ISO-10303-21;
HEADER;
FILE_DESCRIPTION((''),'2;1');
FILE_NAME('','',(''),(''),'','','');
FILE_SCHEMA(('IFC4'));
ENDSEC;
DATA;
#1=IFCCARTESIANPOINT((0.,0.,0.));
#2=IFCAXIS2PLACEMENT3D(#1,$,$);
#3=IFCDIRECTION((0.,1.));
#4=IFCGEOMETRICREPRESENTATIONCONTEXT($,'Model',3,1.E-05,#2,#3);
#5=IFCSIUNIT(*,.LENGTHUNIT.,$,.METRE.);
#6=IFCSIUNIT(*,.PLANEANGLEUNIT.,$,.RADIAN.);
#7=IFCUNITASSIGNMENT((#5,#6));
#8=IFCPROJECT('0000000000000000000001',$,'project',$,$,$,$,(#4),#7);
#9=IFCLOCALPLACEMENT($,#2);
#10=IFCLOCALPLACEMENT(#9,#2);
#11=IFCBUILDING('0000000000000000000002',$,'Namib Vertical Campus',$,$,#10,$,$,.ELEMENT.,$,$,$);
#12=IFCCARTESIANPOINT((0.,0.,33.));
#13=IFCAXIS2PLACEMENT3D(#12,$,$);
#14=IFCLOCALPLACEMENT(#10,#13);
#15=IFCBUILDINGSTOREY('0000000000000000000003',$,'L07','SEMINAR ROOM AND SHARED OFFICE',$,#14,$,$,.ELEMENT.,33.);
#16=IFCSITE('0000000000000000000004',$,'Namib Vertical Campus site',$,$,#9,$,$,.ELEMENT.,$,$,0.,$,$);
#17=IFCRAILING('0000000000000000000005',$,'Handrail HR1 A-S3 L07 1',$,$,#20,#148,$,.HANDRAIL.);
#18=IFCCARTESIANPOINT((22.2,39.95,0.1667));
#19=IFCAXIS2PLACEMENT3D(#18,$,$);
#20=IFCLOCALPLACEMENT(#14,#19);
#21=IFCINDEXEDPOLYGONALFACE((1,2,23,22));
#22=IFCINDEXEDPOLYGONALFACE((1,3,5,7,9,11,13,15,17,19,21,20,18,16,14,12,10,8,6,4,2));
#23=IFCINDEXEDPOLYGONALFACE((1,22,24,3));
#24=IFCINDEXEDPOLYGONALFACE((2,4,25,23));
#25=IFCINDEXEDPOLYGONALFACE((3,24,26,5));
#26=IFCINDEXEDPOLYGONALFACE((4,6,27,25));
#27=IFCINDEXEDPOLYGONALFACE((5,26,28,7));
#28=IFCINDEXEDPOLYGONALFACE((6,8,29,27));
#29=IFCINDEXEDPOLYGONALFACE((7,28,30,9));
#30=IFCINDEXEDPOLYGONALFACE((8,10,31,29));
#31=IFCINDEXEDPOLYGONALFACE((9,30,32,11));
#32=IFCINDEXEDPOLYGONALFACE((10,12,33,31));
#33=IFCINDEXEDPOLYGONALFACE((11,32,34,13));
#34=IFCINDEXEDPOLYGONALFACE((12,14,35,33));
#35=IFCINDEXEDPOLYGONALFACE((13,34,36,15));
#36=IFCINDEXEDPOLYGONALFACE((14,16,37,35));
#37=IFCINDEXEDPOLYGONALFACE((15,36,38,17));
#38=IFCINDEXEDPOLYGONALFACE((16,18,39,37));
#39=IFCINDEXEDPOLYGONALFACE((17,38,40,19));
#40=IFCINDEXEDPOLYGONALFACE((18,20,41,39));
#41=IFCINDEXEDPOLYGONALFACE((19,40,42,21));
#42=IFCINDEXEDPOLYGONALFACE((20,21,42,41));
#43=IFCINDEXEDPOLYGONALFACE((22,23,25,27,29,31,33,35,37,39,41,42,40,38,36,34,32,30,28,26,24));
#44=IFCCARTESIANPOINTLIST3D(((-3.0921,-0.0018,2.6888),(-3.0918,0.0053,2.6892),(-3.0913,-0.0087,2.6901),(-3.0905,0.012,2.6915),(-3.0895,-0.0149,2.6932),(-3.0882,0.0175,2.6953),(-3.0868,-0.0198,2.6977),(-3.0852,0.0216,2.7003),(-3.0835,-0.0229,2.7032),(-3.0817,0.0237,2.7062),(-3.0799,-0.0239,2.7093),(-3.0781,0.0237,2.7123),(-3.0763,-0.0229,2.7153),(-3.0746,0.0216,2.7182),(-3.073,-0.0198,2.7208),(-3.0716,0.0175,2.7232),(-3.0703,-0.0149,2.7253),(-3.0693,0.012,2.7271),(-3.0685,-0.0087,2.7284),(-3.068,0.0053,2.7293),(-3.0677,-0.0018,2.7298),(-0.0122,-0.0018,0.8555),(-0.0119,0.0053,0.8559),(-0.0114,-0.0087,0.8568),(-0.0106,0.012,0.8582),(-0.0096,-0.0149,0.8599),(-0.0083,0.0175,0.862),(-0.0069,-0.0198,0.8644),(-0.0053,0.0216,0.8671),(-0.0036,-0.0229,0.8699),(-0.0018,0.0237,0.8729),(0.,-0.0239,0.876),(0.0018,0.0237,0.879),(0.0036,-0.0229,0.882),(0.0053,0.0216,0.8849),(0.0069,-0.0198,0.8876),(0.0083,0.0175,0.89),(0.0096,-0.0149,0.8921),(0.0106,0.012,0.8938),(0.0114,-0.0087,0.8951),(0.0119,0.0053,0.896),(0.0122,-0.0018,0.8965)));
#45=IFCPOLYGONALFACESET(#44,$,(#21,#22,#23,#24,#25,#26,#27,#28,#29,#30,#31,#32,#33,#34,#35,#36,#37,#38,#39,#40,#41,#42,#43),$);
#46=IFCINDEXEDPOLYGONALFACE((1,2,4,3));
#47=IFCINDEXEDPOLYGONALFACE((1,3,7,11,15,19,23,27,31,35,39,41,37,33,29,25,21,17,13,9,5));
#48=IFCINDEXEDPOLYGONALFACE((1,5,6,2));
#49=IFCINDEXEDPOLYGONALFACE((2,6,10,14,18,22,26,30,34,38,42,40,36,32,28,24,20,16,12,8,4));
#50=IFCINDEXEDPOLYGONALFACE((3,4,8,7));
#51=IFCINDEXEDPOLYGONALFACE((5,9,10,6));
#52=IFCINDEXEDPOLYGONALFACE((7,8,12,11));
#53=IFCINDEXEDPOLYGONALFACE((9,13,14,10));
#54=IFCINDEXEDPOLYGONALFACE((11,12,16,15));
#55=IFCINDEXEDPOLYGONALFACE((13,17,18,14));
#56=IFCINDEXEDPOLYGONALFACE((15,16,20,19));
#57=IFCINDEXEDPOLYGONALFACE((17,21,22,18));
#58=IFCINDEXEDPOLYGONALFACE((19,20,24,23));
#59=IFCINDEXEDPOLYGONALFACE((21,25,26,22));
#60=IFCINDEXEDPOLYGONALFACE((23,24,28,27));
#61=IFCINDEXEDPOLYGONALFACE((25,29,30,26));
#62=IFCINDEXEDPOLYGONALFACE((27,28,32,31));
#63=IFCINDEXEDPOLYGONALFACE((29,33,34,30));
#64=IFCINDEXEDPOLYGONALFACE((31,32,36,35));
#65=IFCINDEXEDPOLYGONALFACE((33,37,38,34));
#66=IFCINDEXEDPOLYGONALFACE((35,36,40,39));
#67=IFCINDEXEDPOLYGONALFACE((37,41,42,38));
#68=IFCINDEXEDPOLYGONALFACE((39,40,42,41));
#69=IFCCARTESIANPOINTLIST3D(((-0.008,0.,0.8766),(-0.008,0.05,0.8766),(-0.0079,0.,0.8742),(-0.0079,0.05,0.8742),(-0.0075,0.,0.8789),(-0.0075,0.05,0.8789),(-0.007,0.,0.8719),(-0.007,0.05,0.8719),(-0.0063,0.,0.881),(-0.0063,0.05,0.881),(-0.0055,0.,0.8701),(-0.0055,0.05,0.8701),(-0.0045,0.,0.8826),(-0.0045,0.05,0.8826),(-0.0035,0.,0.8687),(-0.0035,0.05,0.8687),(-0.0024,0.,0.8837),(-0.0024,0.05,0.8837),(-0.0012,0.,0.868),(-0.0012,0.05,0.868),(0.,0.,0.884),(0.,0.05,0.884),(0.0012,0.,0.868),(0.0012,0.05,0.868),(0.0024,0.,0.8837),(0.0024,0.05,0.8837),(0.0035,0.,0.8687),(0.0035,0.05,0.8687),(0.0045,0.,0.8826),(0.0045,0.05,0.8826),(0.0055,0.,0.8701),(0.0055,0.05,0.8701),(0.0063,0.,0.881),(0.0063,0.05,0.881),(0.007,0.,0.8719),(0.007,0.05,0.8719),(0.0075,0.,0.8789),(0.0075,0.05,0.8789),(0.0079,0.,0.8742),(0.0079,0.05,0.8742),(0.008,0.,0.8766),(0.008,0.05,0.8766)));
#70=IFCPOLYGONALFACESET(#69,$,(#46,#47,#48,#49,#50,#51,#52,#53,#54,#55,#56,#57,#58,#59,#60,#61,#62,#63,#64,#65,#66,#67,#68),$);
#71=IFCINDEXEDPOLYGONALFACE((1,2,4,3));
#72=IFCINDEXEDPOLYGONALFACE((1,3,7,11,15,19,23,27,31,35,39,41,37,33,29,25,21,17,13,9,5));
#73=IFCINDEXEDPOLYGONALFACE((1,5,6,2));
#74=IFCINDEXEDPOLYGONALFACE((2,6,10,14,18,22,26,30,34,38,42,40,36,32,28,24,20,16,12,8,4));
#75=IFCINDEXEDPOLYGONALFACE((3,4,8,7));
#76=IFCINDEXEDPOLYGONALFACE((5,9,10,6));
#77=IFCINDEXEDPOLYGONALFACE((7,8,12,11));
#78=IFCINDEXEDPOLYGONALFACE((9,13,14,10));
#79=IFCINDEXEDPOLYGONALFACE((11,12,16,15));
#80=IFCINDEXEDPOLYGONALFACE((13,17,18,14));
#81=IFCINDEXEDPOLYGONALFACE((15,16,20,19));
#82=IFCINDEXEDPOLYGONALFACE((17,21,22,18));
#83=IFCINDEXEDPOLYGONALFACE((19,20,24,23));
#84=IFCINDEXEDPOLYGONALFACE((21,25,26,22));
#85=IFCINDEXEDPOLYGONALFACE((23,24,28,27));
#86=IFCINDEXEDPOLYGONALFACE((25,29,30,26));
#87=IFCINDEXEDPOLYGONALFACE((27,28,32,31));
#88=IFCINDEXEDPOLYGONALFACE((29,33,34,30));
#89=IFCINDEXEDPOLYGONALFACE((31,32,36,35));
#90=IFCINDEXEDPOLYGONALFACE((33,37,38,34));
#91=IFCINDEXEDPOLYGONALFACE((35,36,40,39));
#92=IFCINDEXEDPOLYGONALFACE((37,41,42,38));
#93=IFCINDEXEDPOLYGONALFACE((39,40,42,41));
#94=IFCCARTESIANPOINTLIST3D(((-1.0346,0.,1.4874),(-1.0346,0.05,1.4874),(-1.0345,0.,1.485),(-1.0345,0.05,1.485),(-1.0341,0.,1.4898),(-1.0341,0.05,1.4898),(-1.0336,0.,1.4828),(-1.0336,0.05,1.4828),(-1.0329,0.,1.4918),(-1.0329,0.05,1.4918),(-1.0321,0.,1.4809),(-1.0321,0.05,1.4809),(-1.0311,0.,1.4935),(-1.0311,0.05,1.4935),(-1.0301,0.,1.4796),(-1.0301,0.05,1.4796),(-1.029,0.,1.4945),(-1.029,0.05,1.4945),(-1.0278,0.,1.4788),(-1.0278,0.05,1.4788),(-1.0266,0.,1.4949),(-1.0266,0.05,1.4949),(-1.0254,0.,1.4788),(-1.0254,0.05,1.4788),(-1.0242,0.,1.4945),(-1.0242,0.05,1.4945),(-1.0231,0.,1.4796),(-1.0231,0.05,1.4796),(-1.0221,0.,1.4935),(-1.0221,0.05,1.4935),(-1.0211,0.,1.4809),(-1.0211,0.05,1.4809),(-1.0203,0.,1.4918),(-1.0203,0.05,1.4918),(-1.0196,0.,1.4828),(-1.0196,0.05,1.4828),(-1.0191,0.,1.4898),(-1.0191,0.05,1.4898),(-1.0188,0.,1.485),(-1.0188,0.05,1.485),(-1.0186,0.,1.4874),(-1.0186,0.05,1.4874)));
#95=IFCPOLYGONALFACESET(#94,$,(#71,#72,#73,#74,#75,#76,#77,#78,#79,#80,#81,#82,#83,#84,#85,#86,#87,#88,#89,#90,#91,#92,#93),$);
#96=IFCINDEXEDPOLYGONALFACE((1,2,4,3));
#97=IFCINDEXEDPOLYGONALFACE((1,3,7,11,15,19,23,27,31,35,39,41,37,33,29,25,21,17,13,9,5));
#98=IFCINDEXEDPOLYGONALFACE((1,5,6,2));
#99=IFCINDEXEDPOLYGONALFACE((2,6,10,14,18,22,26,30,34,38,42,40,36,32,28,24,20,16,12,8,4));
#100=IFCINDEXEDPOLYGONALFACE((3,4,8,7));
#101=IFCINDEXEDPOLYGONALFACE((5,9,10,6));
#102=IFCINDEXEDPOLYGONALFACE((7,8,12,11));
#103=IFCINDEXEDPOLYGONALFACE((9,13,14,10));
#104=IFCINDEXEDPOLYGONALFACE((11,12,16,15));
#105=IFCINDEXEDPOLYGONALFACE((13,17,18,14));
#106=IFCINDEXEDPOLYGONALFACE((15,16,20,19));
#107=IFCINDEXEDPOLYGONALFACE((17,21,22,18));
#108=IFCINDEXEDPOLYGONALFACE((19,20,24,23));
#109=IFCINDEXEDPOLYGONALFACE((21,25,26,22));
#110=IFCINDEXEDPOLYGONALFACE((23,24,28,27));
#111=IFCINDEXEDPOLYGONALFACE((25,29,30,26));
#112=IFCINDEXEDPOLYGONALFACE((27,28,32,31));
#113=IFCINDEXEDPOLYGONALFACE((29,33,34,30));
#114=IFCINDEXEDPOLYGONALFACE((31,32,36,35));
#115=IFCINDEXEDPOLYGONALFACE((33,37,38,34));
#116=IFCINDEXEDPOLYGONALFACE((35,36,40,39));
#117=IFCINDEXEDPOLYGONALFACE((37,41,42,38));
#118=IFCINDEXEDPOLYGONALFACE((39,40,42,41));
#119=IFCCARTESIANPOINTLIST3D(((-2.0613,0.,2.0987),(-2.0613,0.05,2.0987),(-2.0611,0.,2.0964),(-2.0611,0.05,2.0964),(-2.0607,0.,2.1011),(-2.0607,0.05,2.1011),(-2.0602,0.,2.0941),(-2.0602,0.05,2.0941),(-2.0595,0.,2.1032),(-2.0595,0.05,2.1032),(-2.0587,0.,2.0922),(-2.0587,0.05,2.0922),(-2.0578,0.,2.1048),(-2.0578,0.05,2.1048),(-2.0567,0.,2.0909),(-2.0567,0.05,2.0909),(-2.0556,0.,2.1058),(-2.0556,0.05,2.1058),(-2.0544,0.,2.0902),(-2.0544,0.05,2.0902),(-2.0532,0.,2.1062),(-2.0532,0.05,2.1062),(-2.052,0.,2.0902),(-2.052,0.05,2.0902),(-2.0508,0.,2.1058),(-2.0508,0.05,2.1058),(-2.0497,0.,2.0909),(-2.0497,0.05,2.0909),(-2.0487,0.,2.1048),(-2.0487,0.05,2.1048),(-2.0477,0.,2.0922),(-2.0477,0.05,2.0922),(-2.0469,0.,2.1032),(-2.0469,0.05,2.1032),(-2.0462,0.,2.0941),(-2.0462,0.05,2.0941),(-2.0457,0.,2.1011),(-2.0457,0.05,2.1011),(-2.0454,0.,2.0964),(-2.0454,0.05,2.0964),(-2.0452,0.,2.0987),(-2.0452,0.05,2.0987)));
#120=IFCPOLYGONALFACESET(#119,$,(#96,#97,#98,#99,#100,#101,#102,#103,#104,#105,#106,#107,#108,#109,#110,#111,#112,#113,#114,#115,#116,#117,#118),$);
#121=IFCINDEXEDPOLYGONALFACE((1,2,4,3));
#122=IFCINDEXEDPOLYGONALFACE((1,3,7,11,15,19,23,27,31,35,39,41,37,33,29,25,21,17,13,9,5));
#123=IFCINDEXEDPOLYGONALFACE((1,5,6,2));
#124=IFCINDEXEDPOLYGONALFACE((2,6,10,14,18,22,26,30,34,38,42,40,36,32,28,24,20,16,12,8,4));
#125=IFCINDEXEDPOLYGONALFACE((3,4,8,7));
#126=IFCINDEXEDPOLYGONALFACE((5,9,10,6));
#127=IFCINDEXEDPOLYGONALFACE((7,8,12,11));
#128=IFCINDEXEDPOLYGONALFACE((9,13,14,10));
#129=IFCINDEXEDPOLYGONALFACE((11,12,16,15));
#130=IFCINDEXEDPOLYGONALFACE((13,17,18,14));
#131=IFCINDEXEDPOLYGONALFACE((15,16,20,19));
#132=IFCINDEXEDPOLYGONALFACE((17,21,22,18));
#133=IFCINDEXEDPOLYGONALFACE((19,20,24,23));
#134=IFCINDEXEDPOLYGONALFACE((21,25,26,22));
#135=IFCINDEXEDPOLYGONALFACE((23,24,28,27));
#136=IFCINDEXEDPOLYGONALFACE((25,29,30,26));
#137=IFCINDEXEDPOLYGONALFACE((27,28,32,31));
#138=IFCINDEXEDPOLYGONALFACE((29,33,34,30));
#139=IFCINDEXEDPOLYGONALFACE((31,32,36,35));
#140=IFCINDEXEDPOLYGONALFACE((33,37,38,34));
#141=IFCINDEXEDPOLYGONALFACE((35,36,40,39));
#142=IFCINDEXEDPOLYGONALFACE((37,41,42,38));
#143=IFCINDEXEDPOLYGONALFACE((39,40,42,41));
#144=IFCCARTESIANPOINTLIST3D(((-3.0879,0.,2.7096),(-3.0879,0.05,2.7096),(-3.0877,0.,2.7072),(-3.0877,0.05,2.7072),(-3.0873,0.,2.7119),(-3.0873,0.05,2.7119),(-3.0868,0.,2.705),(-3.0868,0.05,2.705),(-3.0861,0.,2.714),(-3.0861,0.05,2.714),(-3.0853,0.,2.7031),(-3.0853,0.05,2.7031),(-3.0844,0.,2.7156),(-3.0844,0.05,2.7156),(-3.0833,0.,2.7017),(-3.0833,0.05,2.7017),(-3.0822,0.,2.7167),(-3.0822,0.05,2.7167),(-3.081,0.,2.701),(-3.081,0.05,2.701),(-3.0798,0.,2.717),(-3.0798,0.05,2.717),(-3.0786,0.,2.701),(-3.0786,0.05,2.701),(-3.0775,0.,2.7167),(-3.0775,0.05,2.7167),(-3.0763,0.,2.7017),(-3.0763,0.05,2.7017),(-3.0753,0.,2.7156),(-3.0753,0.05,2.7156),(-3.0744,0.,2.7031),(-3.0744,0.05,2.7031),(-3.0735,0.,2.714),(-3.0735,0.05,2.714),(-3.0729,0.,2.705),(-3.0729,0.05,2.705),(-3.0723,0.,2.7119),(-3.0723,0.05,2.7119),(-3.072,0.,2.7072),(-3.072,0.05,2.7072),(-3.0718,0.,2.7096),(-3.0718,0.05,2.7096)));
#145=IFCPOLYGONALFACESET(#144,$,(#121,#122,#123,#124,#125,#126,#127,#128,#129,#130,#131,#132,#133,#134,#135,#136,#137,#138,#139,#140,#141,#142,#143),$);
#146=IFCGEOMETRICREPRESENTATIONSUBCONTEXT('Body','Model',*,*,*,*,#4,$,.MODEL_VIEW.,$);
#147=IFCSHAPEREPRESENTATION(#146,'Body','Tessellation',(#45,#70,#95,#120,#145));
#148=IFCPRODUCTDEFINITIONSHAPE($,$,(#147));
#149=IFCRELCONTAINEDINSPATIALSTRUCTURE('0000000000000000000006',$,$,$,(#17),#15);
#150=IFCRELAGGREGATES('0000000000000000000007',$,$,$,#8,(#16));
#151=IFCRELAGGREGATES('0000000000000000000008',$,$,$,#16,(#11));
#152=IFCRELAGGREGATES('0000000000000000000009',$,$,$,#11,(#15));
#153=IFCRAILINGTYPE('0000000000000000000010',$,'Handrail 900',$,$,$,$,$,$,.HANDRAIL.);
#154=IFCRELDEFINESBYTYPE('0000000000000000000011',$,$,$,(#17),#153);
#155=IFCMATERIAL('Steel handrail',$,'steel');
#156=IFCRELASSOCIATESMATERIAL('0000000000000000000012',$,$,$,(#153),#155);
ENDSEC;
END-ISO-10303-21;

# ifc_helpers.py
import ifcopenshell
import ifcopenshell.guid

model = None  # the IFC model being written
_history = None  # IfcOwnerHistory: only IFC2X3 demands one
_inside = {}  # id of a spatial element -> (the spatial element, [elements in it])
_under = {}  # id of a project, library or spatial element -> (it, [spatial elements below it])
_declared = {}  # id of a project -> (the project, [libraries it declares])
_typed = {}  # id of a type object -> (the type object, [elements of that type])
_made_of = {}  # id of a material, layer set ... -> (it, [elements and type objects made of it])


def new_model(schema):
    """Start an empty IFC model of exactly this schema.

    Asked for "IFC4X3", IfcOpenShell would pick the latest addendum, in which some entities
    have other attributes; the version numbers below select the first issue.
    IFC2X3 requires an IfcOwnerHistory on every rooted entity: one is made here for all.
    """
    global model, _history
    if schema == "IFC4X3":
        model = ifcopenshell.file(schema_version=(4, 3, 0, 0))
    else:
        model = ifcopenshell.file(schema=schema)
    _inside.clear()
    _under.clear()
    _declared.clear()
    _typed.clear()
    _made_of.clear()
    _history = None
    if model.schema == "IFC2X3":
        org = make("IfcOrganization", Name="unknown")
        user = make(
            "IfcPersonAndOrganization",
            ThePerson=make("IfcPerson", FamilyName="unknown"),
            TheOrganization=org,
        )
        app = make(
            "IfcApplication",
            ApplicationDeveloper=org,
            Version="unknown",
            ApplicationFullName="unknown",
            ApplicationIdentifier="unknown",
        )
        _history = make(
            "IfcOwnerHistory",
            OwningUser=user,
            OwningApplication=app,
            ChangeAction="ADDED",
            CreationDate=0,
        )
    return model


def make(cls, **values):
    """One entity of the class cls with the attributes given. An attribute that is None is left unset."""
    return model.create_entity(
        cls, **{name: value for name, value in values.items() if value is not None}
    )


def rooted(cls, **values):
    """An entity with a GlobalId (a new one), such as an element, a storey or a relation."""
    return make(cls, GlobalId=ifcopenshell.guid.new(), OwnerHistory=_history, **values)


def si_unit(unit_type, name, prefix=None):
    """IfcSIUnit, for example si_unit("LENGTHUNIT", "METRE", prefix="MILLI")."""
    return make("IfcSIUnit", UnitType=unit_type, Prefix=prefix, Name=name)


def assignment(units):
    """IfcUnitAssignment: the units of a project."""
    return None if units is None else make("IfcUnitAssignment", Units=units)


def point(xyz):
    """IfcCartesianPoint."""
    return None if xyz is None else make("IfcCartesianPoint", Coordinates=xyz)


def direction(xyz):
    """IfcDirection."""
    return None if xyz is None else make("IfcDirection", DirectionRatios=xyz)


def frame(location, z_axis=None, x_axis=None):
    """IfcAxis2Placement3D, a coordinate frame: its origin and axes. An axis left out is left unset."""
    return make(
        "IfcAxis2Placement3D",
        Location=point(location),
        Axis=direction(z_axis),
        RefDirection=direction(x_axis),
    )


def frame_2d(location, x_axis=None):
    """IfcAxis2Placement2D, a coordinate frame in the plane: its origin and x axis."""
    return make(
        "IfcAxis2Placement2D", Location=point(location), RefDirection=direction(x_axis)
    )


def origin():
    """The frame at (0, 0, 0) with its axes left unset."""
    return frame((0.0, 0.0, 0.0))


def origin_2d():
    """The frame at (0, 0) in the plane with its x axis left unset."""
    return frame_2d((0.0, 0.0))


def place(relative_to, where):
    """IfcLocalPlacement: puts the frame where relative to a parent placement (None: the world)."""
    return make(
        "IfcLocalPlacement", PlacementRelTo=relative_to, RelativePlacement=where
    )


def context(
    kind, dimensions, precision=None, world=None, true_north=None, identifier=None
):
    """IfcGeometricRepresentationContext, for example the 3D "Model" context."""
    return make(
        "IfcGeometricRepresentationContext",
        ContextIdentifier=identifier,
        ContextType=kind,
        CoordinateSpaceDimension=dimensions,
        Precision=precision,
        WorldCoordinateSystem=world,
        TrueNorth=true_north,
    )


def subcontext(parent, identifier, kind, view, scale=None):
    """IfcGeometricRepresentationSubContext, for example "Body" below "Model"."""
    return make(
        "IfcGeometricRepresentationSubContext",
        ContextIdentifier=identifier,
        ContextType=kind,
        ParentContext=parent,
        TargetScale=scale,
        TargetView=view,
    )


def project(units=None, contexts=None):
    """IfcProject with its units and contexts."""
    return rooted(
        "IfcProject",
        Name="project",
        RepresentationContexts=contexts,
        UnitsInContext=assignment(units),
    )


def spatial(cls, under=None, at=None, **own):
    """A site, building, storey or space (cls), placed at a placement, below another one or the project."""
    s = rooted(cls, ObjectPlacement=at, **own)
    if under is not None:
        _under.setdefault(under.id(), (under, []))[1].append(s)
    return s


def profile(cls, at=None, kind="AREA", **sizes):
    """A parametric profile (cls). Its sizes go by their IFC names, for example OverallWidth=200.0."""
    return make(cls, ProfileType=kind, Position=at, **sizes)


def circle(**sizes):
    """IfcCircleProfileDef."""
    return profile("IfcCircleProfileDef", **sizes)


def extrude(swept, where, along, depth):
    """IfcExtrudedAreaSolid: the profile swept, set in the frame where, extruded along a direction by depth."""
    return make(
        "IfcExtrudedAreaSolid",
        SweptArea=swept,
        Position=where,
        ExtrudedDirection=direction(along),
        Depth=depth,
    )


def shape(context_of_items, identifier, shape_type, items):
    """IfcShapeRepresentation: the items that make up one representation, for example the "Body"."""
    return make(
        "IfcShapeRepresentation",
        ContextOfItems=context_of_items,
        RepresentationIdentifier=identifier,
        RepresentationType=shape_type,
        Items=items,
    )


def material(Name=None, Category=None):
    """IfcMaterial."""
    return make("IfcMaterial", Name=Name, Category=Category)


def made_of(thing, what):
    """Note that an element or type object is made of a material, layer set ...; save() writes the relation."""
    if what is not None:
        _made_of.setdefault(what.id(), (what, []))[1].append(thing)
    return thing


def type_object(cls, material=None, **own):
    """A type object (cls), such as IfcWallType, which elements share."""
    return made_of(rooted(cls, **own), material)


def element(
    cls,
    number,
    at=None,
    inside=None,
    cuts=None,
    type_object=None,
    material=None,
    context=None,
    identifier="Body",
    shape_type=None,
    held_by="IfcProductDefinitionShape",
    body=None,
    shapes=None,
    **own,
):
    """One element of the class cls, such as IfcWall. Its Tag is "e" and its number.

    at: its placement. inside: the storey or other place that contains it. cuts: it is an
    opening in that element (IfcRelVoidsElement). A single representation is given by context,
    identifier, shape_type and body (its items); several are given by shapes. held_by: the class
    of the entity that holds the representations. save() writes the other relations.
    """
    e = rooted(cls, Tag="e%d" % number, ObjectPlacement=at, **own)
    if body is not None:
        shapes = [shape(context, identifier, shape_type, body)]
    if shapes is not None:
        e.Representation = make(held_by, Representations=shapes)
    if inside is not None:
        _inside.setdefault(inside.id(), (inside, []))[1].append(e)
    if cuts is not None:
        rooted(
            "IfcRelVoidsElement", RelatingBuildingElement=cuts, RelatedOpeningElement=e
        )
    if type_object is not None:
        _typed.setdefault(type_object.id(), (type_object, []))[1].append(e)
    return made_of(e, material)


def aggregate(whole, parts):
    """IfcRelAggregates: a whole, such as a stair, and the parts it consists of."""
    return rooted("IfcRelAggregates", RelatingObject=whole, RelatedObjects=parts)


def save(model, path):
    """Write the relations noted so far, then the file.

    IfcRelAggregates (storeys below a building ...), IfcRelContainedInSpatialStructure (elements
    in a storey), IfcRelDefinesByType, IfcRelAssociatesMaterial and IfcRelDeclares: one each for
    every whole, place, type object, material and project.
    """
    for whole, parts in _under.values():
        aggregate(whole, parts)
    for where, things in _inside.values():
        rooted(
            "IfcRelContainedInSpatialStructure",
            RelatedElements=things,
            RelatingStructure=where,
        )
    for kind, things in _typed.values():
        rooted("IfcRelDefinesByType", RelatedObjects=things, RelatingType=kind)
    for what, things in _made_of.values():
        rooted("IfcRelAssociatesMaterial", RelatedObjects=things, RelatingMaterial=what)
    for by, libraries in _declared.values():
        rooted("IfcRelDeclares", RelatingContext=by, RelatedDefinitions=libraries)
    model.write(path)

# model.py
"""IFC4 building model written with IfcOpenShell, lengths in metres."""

from ifc_helpers import new_model, si_unit, direction, frame, origin, origin_2d, place, context, subcontext, project, spatial, circle, extrude, material, type_object, element, save


model = new_model("IFC4")

# Units and contexts
model_context = context("Model", 3, precision=1e-05, world=origin(), true_north=direction((0.0, 1.0)))
body_context = subcontext(model_context, "Body", "Model", "MODEL_VIEW")
ifc_project = project(units=[si_unit("LENGTHUNIT", "METRE"), si_unit("PLANEANGLEUNIT", "RADIAN")], contexts=[model_context])

# Site, building, storey
site_placement = place(None, origin())
site = spatial("IfcSite", under=ifc_project, at=site_placement, Name="Namib Vertical Campus site", CompositionType="ELEMENT", RefElevation=0.0)
building_placement = place(site_placement, origin())
building = spatial("IfcBuilding", under=site, at=building_placement, Name="Namib Vertical Campus", CompositionType="ELEMENT")
storey_placement = place(building_placement, frame((0.0, 0.0, 33.0)))
storey = spatial("IfcBuildingStorey", under=building, at=storey_placement, Name="L07", Description="SEMINAR ROOM AND SHARED OFFICE", CompositionType="ELEMENT", Elevation=33.0)

# Railing
ifc_material_1 = material(Name="Steel handrail", Category="steel")
railing_type_1 = type_object("IfcRailingType", Name="Handrail 900", PredefinedType="HANDRAIL", material=ifc_material_1)
railing_1_placement = place(storey_placement, frame((22.2, 39.95, 0.1667)))
element("IfcRailing", 1, at=railing_1_placement, inside=storey, type_object=railing_type_1, Name="Handrail HR1 A-S3 L07 1", PredefinedType="HANDRAIL", context=body_context, shape_type="SweptSolid", body=[
    extrude(circle(Radius=0.0239, at=origin_2d()), frame((0.0, 0.0, 0.876), z_axis=(-0.859291, 0.0, 0.511487), x_axis=(0.0, -1.0, 0.0)), (0.0, 0.0, 1.0), 3.5842),
    extrude(circle(Radius=0.0081, at=origin_2d()), frame((0.0, 0.0, 0.876), z_axis=(0.0, 1.0, 0.0), x_axis=(0.0, 0.0, 1.0)), (0.0, 0.0, 1.0), 0.05),
    extrude(circle(Radius=0.0081, at=origin_2d()), frame((-1.0266, 0.0, 1.4868), z_axis=(0.0, 1.0, 0.0), x_axis=(0.0, 0.0, 1.0)), (0.0, 0.0, 1.0), 0.05),
    extrude(circle(Radius=0.0081, at=origin_2d()), frame((-2.0532, 0.0, 2.0981), z_axis=(0.0, 1.0, 0.0), x_axis=(0.0, 0.0, 1.0)), (0.0, 0.0, 1.0), 0.05),
    extrude(circle(Radius=0.0081, at=origin_2d()), frame((-3.0798, 0.0, 2.709), z_axis=(0.0, 1.0, 0.0), x_axis=(0.0, 0.0, 1.0)), (0.0, 0.0, 1.0), 0.05),
])

save(model, "model.ifc")
